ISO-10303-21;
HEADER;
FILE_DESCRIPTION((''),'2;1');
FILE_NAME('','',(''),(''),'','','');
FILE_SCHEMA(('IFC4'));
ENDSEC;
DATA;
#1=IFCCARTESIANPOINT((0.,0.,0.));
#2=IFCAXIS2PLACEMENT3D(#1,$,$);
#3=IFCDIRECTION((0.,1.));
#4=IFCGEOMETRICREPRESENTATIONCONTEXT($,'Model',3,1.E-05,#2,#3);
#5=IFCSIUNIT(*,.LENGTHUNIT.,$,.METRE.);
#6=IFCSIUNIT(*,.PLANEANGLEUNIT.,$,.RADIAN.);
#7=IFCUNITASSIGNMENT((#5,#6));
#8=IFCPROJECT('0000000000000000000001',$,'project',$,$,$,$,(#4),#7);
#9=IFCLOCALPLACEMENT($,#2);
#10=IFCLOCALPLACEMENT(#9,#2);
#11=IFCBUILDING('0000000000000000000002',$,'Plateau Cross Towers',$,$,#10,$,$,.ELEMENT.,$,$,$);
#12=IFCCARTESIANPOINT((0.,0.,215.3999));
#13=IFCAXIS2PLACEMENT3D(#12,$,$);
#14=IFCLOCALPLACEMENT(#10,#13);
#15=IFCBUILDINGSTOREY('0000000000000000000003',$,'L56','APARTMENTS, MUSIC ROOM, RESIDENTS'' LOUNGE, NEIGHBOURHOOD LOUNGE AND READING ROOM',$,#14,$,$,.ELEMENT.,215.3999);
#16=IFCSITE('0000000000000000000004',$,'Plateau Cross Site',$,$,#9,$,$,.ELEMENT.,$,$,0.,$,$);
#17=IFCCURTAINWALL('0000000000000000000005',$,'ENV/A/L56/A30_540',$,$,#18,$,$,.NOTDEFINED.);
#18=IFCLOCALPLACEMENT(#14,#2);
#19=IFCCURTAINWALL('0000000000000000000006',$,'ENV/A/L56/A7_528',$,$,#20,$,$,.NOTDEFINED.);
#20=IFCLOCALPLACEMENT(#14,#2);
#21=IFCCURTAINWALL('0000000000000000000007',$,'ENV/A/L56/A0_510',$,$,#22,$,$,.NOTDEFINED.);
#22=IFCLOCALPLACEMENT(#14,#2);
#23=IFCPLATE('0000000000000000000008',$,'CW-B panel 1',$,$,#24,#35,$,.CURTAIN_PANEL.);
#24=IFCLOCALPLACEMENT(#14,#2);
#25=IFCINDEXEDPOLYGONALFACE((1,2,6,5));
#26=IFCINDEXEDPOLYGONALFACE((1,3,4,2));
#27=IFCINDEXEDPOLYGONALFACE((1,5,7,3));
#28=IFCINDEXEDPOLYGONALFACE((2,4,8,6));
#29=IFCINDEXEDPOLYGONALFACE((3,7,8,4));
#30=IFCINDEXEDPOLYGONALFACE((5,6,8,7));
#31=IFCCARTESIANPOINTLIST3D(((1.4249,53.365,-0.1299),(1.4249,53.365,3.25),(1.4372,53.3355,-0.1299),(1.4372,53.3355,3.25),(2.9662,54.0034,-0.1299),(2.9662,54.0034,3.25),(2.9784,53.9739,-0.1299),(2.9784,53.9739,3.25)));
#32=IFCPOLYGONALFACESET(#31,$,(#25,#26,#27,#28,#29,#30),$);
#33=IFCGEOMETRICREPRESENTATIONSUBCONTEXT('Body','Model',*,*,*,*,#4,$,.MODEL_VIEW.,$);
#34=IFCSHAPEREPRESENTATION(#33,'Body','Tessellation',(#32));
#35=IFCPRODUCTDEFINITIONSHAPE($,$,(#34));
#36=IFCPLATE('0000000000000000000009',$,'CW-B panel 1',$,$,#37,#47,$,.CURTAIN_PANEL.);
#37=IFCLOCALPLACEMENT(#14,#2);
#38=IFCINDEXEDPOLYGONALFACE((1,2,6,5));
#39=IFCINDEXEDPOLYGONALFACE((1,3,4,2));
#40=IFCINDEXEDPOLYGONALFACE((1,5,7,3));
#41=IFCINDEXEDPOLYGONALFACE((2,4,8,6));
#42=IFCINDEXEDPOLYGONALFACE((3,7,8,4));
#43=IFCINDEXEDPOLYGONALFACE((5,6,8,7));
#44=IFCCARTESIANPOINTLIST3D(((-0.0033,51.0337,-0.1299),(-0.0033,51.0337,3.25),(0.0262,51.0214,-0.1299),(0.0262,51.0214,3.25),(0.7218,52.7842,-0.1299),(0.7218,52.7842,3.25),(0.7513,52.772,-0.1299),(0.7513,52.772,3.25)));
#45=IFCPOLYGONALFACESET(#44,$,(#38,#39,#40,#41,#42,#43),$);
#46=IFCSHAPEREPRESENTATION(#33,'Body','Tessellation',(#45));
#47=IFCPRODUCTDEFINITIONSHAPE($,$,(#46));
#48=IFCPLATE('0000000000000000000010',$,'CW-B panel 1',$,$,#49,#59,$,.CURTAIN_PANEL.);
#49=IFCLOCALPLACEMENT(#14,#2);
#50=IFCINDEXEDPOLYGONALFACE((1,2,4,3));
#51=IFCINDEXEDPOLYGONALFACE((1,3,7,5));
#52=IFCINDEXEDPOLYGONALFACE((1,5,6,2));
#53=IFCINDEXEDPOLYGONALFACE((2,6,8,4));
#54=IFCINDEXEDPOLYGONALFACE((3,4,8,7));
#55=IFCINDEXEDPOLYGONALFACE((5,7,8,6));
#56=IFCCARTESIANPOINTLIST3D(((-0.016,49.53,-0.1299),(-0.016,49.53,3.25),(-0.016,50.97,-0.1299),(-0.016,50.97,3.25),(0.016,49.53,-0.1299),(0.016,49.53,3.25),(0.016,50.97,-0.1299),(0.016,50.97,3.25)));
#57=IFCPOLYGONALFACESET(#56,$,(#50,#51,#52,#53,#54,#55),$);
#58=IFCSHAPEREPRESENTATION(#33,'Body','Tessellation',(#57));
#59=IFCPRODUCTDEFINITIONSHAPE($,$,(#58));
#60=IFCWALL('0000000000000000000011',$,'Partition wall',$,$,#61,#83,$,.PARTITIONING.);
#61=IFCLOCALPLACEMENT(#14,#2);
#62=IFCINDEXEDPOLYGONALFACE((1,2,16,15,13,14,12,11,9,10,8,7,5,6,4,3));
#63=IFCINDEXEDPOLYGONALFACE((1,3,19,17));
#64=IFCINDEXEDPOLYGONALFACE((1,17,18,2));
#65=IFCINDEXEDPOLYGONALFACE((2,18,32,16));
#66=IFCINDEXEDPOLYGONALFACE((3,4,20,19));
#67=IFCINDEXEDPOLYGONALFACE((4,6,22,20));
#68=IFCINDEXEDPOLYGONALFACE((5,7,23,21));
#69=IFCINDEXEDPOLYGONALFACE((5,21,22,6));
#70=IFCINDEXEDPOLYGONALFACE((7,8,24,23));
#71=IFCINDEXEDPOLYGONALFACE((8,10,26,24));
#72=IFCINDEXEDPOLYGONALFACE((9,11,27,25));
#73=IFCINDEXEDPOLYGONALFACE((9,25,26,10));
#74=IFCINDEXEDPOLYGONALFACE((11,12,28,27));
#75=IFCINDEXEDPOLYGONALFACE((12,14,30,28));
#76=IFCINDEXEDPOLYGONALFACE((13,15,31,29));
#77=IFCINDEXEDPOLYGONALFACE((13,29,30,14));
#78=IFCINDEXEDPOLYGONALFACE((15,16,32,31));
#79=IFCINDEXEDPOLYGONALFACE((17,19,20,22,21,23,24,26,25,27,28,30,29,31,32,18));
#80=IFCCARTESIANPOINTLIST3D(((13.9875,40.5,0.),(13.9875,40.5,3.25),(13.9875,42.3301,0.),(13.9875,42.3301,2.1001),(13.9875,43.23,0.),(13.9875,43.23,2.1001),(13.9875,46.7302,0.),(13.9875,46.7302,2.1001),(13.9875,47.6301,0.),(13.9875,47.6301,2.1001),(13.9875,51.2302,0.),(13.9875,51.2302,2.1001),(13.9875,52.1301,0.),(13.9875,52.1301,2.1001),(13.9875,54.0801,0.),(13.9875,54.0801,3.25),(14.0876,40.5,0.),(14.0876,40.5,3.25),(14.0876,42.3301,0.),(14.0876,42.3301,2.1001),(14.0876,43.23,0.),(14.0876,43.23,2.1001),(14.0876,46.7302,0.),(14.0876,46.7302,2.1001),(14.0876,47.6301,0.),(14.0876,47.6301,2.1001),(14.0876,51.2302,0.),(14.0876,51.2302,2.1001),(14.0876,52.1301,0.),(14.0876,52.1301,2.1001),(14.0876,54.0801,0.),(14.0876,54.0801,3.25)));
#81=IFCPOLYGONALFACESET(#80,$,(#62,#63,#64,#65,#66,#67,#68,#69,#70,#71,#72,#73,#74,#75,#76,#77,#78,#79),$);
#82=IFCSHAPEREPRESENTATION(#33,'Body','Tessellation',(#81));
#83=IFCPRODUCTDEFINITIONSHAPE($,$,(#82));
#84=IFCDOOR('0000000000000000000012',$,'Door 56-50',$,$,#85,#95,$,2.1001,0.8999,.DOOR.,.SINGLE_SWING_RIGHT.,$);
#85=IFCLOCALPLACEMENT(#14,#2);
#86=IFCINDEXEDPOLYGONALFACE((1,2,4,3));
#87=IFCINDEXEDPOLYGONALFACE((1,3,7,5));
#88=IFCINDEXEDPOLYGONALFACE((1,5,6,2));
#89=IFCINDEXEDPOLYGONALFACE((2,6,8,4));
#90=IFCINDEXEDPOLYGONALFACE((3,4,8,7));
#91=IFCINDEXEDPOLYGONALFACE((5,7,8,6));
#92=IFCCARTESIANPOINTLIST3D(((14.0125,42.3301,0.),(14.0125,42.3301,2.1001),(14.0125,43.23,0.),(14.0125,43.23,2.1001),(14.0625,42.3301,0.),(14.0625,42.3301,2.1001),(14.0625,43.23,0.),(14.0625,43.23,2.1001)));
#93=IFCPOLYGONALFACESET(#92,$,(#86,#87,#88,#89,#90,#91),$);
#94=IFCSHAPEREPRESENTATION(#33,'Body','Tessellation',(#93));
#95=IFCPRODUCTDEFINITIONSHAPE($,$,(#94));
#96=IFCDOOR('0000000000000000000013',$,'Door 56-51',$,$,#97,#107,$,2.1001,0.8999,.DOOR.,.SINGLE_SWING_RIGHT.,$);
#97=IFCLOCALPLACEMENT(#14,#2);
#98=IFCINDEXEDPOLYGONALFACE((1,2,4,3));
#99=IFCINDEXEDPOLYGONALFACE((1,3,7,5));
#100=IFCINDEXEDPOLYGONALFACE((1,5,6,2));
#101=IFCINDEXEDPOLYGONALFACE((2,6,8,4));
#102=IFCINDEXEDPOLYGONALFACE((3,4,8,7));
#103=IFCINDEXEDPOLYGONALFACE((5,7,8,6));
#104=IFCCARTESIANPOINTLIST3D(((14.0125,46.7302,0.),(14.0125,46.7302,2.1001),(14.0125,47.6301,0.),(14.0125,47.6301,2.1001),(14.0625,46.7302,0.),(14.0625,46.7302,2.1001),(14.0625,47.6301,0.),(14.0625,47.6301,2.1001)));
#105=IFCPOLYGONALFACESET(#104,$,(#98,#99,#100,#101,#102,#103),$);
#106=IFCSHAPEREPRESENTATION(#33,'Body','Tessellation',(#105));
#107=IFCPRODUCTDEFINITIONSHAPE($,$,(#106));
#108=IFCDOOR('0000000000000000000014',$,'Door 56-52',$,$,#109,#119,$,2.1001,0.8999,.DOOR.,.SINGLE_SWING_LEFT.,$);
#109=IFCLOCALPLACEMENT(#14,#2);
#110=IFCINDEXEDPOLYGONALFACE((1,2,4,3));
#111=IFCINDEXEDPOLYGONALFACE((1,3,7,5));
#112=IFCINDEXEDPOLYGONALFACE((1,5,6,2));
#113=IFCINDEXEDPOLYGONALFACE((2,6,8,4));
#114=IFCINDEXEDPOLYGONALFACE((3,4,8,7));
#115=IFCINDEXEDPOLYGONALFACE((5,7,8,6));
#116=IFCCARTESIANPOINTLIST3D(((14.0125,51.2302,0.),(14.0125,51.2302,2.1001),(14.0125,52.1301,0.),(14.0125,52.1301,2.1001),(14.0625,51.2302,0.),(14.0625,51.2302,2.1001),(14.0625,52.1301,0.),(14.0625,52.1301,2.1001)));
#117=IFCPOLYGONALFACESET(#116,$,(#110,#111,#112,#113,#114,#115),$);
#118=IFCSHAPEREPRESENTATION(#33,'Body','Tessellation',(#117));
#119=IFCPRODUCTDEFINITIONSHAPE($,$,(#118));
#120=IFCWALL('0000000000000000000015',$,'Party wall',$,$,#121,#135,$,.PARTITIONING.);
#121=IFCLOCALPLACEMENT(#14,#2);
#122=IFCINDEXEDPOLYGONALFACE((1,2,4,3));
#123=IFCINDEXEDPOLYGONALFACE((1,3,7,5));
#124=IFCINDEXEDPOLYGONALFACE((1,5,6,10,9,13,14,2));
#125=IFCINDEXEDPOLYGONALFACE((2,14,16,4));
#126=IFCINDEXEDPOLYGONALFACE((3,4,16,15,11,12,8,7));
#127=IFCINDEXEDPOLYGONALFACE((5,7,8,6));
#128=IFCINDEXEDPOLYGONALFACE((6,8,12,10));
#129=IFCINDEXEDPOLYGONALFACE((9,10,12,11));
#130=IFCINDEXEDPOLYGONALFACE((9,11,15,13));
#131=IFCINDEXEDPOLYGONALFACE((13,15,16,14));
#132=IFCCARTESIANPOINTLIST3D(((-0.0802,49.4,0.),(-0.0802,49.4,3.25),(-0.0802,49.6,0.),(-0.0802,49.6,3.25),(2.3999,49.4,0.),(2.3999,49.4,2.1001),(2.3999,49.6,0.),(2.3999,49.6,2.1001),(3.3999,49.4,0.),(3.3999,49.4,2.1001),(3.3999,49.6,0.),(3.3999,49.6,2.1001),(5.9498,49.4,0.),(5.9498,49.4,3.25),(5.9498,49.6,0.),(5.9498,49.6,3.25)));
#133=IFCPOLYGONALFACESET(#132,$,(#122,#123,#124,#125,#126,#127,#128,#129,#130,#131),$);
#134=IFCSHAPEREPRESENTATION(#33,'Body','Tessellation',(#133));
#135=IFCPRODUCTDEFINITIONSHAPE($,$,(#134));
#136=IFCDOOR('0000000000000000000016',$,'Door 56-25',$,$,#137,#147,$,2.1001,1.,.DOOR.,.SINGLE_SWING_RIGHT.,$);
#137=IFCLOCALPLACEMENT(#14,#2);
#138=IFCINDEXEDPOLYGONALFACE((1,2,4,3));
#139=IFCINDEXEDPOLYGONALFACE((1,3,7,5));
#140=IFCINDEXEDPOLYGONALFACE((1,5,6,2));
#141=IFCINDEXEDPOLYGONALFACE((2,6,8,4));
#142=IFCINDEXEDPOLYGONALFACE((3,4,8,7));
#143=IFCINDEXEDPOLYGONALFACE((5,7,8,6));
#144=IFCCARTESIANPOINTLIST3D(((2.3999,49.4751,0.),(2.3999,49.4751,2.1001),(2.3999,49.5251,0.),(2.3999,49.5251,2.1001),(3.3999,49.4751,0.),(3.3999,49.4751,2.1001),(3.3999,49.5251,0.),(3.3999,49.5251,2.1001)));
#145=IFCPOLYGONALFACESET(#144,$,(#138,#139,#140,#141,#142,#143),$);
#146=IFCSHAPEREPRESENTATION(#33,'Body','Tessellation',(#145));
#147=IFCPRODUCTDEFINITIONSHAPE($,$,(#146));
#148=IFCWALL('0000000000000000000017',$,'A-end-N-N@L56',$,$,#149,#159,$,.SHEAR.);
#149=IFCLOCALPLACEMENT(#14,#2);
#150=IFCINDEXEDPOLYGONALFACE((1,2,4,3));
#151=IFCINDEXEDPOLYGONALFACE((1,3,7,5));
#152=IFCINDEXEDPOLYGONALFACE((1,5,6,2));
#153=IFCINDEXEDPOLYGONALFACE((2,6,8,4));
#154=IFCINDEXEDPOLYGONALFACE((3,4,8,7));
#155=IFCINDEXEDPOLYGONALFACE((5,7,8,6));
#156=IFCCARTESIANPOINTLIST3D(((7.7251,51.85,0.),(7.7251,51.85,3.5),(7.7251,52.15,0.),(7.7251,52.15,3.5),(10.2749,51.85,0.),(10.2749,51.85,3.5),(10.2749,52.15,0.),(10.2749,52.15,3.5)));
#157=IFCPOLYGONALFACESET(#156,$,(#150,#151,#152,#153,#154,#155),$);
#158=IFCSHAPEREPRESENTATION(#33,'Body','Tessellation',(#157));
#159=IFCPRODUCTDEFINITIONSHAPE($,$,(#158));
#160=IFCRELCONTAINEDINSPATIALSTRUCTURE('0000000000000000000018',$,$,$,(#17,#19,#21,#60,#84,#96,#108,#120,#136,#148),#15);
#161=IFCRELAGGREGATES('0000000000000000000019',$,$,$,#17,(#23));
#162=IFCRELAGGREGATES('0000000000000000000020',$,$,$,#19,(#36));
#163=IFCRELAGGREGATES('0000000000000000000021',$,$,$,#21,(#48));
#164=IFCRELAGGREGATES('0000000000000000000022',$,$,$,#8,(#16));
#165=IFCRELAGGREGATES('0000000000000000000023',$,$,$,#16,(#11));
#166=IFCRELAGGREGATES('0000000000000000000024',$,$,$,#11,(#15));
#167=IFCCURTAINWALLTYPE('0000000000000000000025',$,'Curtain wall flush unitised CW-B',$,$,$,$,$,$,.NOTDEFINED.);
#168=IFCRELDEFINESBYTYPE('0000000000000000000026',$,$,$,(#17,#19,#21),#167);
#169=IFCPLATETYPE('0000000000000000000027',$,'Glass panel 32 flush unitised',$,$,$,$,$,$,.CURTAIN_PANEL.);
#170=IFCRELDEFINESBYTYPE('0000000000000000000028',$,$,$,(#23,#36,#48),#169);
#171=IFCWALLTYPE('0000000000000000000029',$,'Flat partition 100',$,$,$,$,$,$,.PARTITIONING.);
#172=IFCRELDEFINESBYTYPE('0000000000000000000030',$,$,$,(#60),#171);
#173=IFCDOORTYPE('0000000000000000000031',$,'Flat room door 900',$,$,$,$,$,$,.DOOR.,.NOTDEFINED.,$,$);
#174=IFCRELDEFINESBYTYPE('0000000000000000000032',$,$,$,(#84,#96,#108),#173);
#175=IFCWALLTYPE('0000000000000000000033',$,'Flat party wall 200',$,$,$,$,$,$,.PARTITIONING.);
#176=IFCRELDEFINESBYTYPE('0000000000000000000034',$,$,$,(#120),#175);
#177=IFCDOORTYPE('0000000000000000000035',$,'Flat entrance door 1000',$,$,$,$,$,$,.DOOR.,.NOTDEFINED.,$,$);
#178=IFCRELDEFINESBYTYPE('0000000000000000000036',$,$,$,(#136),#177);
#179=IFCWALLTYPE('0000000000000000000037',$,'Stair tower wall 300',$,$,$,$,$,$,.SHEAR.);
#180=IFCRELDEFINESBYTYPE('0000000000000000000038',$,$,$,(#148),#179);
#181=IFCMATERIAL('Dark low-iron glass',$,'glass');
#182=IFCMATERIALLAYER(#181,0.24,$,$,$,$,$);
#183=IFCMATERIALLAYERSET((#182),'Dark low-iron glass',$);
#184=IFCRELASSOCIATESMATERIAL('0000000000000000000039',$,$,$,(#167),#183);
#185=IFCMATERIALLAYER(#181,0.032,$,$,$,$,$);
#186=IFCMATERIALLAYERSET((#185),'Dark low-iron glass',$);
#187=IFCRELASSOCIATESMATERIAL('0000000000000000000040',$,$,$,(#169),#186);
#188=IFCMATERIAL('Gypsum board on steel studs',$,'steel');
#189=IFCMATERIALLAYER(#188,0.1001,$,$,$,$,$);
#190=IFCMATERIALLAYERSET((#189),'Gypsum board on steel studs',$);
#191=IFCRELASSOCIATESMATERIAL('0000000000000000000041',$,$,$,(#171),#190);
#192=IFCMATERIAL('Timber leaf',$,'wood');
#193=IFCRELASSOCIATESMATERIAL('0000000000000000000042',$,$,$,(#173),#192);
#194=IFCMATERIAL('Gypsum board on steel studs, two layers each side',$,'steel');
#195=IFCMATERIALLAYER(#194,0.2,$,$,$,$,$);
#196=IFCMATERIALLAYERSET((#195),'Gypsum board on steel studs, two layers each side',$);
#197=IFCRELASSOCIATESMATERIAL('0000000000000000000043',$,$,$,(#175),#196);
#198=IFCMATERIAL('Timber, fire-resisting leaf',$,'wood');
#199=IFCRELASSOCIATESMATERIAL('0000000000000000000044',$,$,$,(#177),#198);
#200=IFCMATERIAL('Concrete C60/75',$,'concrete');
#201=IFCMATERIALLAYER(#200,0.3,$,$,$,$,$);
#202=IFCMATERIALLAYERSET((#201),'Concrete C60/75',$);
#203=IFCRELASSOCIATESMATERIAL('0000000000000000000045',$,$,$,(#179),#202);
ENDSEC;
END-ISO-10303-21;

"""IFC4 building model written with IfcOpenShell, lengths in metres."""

from ifc_helpers import new_model, si_unit, direction, frame, frame_2d, origin, origin_2d, place, context, subcontext, project, spatial, rectangle, extrude, material, layer, layer_set, type_object, element, fill, aggregate, save


model = new_model("IFC4")

# Units and contexts
model_context = context("Model", 3, precision=1e-05, world=origin(), true_north=direction((0.0, 1.0)))
body_context = subcontext(model_context, "Body", "Model", "MODEL_VIEW")
ifc_project = project(units=[si_unit("LENGTHUNIT", "METRE"), si_unit("PLANEANGLEUNIT", "RADIAN")], contexts=[model_context])

# Site, building, storey
site_placement = place(None, origin())
site = spatial("IfcSite", under=ifc_project, at=site_placement, Name="Plateau Cross Site", CompositionType="ELEMENT", RefElevation=0.0)
building_placement = place(site_placement, origin())
building = spatial("IfcBuilding", under=site, at=building_placement, Name="Plateau Cross Towers", CompositionType="ELEMENT")
storey_placement = place(building_placement, frame((0.0, 0.0, 215.3999)))
storey = spatial("IfcBuildingStorey", under=building, at=storey_placement, Name="L56", Description="APARTMENTS, MUSIC ROOM, RESIDENTS' LOUNGE, NEIGHBOURHOOD LOUNGE AND READING ROOM", CompositionType="ELEMENT", Elevation=215.3999)

# Shared definitions
ifc_material_1 = material(Name="Concrete C60/75", Category="concrete")

# Curtain wall
ifc_material_2 = material(Name="Dark low-iron glass", Category="glass")
ifc_layer_1 = layer(ifc_material_2, 0.24)
ifc_layer_set_1 = layer_set([ifc_layer_1], Name="Dark low-iron glass")
curtain_wall_type = type_object("IfcCurtainWallType", Name="Curtain wall flush unitised CW-B", PredefinedType="NOTDEFINED", material=ifc_layer_set_1)
curtain_wall_1_placement = place(storey_placement, origin())
curtain_wall_1 = element("IfcCurtainWall", 1, at=curtain_wall_1_placement, inside=storey, type_object=curtain_wall_type, Name="ENV/A/L56/A30_540", PredefinedType="NOTDEFINED")

# Curtain wall
curtain_wall_2_placement = place(storey_placement, origin())
curtain_wall_2 = element("IfcCurtainWall", 2, at=curtain_wall_2_placement, inside=storey, type_object=curtain_wall_type, Name="ENV/A/L56/A7_528", PredefinedType="NOTDEFINED")

# Curtain wall
curtain_wall_3_placement = place(storey_placement, origin())
curtain_wall_3 = element("IfcCurtainWall", 3, at=curtain_wall_3_placement, inside=storey, type_object=curtain_wall_type, Name="ENV/A/L56/A0_510", PredefinedType="NOTDEFINED")

# Plates
ifc_layer_2 = layer(ifc_material_2, 0.032)
ifc_layer_set_2 = layer_set([ifc_layer_2], Name="Dark low-iron glass")
plate_type = type_object("IfcPlateType", Name="Glass panel 32 flush unitised", PredefinedType="CURTAIN_PANEL", material=ifc_layer_set_2)
plate_1_placement = place(storey_placement, frame((2.2017, 53.6694, -0.1299), z_axis=(0.0, 0.0, 1.0), x_axis=(-0.923879, -0.382684, 0.0)))
plate_1 = element("IfcPlate", 4, at=plate_1_placement, type_object=plate_type, Name="CW-B panel 1", PredefinedType="CURTAIN_PANEL", context=body_context, shape_type="SweptSolid", body=[
    extrude(rectangle(XDim=1.6682, YDim=0.032, at=origin_2d()), origin(), (0.0, 0.0, 1.0), 3.3799),
])
aggregate(curtain_wall_1, [plate_1])
plate_2_placement = place(storey_placement, frame((0.374, 51.9028, -0.1299), z_axis=(0.0, 0.0, 1.0), x_axis=(-0.382684, -0.923879, 0.0)))
plate_2 = element("IfcPlate", 5, at=plate_2_placement, type_object=plate_type, Name="CW-B panel 1", PredefinedType="CURTAIN_PANEL", context=body_context, shape_type="SweptSolid", body=[
    extrude(rectangle(XDim=1.8948, YDim=0.032, at=origin_2d()), origin(), (0.0, 0.0, 1.0), 3.3799),
])
aggregate(curtain_wall_2, [plate_2])
plate_3_placement = place(storey_placement, frame((0.0, 50.25, -0.1299), z_axis=(0.0, 0.0, 1.0), x_axis=(0.0, -1.0, 0.0)))
plate_3 = element("IfcPlate", 6, at=plate_3_placement, type_object=plate_type, Name="CW-B panel 1", PredefinedType="CURTAIN_PANEL", context=body_context, shape_type="SweptSolid", body=[
    extrude(rectangle(XDim=1.4399, YDim=0.032, at=origin_2d()), origin(), (0.0, 0.0, 1.0), 3.3799),
])
aggregate(curtain_wall_3, [plate_3])

# Wall, openings, doors
ifc_material_3 = material(Name="Gypsum board on steel studs", Category="steel")
ifc_layer_3 = layer(ifc_material_3, 0.1001)
ifc_layer_set_3 = layer_set([ifc_layer_3], Name="Gypsum board on steel studs")
wall_type_1 = type_object("IfcWallType", Name="Flat partition 100", PredefinedType="PARTITIONING", material=ifc_layer_set_3)
wall_1_placement = place(storey_placement, frame((14.0376, 54.0801, 0.0), z_axis=(0.0, 0.0, 1.0), x_axis=(0.0, -1.0, 0.0)))
wall_1 = element("IfcWall", 7, at=wall_1_placement, inside=storey, type_object=wall_type_1, Name="Partition wall", PredefinedType="PARTITIONING", context=body_context, shape_type="SweptSolid", body=[
    extrude(rectangle(XDim=13.5801, YDim=0.1001, at=frame_2d((6.79, 0.0))), origin(), (0.0, 0.0, 1.0), 3.25),
])
opening_1_placement = place(wall_1_placement, frame((10.8501, 0.0, 0.0)))
opening_1 = element("IfcOpeningElement", 8, at=opening_1_placement, cuts=wall_1, PredefinedType="OPENING", context=body_context, shape_type="SweptSolid", body=[
    extrude(rectangle(XDim=0.8999, YDim=2.1001, at=frame_2d((0.45, 1.05))), frame((0.0, 0.0601, 0.0), z_axis=(0.0, -1.0, 0.0), x_axis=(1.0, 0.0, 0.0)), (0.0, 0.0, 1.0), 0.1201),
])
opening_2_placement = place(wall_1_placement, frame((6.45, 0.0, 0.0)))
opening_2 = element("IfcOpeningElement", 9, at=opening_2_placement, cuts=wall_1, PredefinedType="OPENING", context=body_context, shape_type="SweptSolid", body=[
    extrude(rectangle(XDim=0.8999, YDim=2.1001, at=frame_2d((0.45, 1.05))), frame((0.0, 0.0601, 0.0), z_axis=(0.0, -1.0, 0.0), x_axis=(1.0, 0.0, 0.0)), (0.0, 0.0, 1.0), 0.1201),
])
opening_3_placement = place(wall_1_placement, frame((1.95, 0.0, 0.0)))
opening_3 = element("IfcOpeningElement", 10, at=opening_3_placement, cuts=wall_1, PredefinedType="OPENING", context=body_context, shape_type="SweptSolid", body=[
    extrude(rectangle(XDim=0.8999, YDim=2.1001, at=frame_2d((0.45, 1.05))), frame((0.0, 0.0601, 0.0), z_axis=(0.0, -1.0, 0.0), x_axis=(1.0, 0.0, 0.0)), (0.0, 0.0, 1.0), 0.1201),
])
ifc_material_4 = material(Name="Timber leaf", Category="wood")
door_type_1 = type_object("IfcDoorType", Name="Flat room door 900", OperationType="NOTDEFINED", PredefinedType="DOOR", material=ifc_material_4)
door_1_placement = place(opening_1_placement, origin())
door_1 = element("IfcDoor", 11, at=door_1_placement, inside=storey, type_object=door_type_1, Name="Door 56-50", OperationType="SINGLE_SWING_RIGHT", OverallHeight=2.1001, OverallWidth=0.8999, PredefinedType="DOOR", context=body_context, shape_type="SweptSolid", body=[
    extrude(rectangle(XDim=0.8999, YDim=2.1001, at=frame_2d((0.45, 1.05))), frame((0.0, 0.0249, 0.0), z_axis=(0.0, -1.0, 0.0), x_axis=(1.0, 0.0, 0.0)), (0.0, 0.0, 1.0), 0.05),
])
fill(opening_1, door_1)
door_2_placement = place(opening_2_placement, origin())
door_2 = element("IfcDoor", 12, at=door_2_placement, inside=storey, type_object=door_type_1, Name="Door 56-51", OperationType="SINGLE_SWING_RIGHT", OverallHeight=2.1001, OverallWidth=0.8999, PredefinedType="DOOR", context=body_context, shape_type="SweptSolid", body=[
    extrude(rectangle(XDim=0.8999, YDim=2.1001, at=frame_2d((0.45, 1.05))), frame((0.0, 0.0249, 0.0), z_axis=(0.0, -1.0, 0.0), x_axis=(1.0, 0.0, 0.0)), (0.0, 0.0, 1.0), 0.05),
])
fill(opening_2, door_2)
door_3_placement = place(opening_3_placement, origin())
door_3 = element("IfcDoor", 13, at=door_3_placement, inside=storey, type_object=door_type_1, Name="Door 56-52", OperationType="SINGLE_SWING_LEFT", OverallHeight=2.1001, OverallWidth=0.8999, PredefinedType="DOOR", context=body_context, shape_type="SweptSolid", body=[
    extrude(rectangle(XDim=0.8999, YDim=2.1001, at=frame_2d((0.45, 1.05))), frame((0.0, 0.0249, 0.0), z_axis=(0.0, -1.0, 0.0), x_axis=(1.0, 0.0, 0.0)), (0.0, 0.0, 1.0), 0.05),
])
fill(opening_3, door_3)

# Wall, opening, door
ifc_material_5 = material(Name="Gypsum board on steel studs, two layers each side", Category="steel")
ifc_layer_4 = layer(ifc_material_5, 0.2)
ifc_layer_set_4 = layer_set([ifc_layer_4], Name="Gypsum board on steel studs, two layers each side")
wall_type_2 = type_object("IfcWallType", Name="Flat party wall 200", PredefinedType="PARTITIONING", material=ifc_layer_set_4)
wall_2_placement = place(storey_placement, frame((5.95, 49.5, 0.0), z_axis=(0.0, 0.0, 1.0), x_axis=(-1.0, 0.0, 0.0)))
wall_2 = element("IfcWall", 14, at=wall_2_placement, inside=storey, type_object=wall_type_2, Name="Party wall", PredefinedType="PARTITIONING", context=body_context, shape_type="SweptSolid", body=[
    extrude(rectangle(XDim=6.03, YDim=0.2, at=frame_2d((3.0151, 0.0))), origin(), (0.0, 0.0, 1.0), 3.25),
])
opening_4_placement = place(wall_2_placement, frame((2.55, 0.0, 0.0)))
opening_4 = element("IfcOpeningElement", 15, at=opening_4_placement, cuts=wall_2, PredefinedType="OPENING", context=body_context, shape_type="SweptSolid", body=[
    extrude(rectangle(XDim=1.0, YDim=2.1001, at=frame_2d((0.5, 1.05))), frame((0.0, 0.1099, 0.0), z_axis=(0.0, -1.0, 0.0), x_axis=(1.0, 0.0, 0.0)), (0.0, 0.0, 1.0), 0.22),
])
ifc_material_6 = material(Name="Timber, fire-resisting leaf", Category="wood")
door_type_2 = type_object("IfcDoorType", Name="Flat entrance door 1000", OperationType="NOTDEFINED", PredefinedType="DOOR", material=ifc_material_6)
door_4_placement = place(opening_4_placement, origin())
door_4 = element("IfcDoor", 16, at=door_4_placement, inside=storey, type_object=door_type_2, Name="Door 56-25", OperationType="SINGLE_SWING_RIGHT", OverallHeight=2.1001, OverallWidth=1.0, PredefinedType="DOOR", context=body_context, shape_type="SweptSolid", body=[
    extrude(rectangle(XDim=1.0, YDim=2.1001, at=frame_2d((0.5, 1.05))), frame((0.0, 0.0249, 0.0), z_axis=(0.0, -1.0, 0.0), x_axis=(1.0, 0.0, 0.0)), (0.0, 0.0, 1.0), 0.05),
])
fill(opening_4, door_4)

# Wall
ifc_layer_5 = layer(ifc_material_1, 0.3)
ifc_layer_set_5 = layer_set([ifc_layer_5], Name="Concrete C60/75")
wall_type_3 = type_object("IfcWallType", Name="Stair tower wall 300", PredefinedType="SHEAR", material=ifc_layer_set_5)
wall_3_placement = place(storey_placement, frame((7.7251, 52.0, 0.0), z_axis=(0.0, 0.0, 1.0), x_axis=(1.0, 0.0, 0.0)))
element("IfcWall", 17, at=wall_3_placement, inside=storey, type_object=wall_type_3, Name="A-end-N-N@L56", PredefinedType="SHEAR", context=body_context, shape_type="SweptSolid", body=[
    extrude(rectangle(XDim=2.5498, YDim=0.3, at=frame_2d((1.2749, 0.0))), origin(), (0.0, 0.0, 1.0), 3.5),
])

save(model, "model.ifc")
